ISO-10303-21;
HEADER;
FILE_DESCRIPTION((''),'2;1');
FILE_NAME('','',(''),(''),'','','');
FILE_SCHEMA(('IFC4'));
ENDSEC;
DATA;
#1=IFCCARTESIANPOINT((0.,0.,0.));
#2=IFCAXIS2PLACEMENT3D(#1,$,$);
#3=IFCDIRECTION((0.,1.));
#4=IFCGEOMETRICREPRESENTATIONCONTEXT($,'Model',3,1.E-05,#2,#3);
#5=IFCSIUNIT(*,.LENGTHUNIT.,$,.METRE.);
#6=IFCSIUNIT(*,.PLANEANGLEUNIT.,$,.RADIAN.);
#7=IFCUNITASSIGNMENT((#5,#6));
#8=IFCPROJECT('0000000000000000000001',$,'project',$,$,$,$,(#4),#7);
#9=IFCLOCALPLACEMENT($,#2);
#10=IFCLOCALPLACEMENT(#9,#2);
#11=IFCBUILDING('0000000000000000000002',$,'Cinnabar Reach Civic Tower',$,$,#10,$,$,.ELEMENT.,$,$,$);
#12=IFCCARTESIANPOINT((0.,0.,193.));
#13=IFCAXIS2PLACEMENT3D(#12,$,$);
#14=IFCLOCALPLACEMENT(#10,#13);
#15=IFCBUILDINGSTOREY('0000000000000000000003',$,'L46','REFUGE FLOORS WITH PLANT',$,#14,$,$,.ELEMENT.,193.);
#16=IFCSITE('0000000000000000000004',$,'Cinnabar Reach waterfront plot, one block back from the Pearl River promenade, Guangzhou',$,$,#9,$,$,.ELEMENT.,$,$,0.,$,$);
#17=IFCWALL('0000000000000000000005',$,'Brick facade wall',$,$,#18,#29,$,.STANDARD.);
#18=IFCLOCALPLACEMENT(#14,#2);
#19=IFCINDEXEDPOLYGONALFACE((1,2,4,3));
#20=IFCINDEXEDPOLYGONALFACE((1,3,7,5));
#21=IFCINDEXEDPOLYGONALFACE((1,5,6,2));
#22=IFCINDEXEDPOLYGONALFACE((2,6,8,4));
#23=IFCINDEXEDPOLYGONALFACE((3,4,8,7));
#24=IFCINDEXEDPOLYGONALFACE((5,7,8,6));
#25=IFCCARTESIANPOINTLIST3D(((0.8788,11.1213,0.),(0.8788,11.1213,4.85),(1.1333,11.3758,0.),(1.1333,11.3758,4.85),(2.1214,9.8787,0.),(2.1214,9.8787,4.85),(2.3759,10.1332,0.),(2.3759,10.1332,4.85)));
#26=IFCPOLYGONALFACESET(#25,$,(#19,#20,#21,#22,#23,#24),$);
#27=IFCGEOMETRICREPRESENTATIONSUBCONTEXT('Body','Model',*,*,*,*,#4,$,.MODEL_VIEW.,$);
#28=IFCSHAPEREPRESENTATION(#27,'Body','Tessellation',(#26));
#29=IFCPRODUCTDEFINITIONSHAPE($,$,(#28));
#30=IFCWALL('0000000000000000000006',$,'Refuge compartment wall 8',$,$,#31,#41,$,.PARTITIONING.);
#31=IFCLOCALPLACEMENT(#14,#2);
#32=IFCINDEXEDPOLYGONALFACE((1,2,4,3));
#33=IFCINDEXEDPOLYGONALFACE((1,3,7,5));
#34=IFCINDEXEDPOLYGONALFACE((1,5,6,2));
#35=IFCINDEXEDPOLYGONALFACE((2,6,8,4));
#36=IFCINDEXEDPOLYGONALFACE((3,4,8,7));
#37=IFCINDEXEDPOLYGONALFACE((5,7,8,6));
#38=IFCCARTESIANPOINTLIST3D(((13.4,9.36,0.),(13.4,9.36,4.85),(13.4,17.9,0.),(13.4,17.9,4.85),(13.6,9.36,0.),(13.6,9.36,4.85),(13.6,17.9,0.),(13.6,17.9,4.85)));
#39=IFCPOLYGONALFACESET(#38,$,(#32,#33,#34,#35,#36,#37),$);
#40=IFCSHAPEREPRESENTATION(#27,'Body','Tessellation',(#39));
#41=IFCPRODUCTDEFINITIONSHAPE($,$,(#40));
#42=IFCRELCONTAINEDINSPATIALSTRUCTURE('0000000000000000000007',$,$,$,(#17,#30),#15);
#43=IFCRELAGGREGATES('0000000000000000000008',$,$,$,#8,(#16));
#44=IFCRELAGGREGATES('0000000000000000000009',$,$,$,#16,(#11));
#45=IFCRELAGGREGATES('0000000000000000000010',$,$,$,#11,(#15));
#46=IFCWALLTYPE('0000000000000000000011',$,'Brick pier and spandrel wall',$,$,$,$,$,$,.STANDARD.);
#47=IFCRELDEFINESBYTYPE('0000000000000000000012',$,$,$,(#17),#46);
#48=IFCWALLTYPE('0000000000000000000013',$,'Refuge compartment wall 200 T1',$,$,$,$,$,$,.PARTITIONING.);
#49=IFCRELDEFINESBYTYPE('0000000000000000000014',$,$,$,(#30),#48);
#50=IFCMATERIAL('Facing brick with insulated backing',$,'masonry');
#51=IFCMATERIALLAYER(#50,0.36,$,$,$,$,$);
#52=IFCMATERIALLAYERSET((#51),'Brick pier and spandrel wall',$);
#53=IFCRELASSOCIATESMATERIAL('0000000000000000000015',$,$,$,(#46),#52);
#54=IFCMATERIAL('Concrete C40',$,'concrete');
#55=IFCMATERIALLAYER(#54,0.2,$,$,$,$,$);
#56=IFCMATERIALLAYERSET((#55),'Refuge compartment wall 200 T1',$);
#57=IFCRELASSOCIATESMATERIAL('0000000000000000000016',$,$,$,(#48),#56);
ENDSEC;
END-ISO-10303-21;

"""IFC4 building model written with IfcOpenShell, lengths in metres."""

from ifc_helpers import new_model, si_unit, direction, frame, frame_2d, origin, place, context, subcontext, project, spatial, rectangle, extrude, material, layer, layer_set, type_object, element, save


model = new_model("IFC4")

# Units and contexts
model_context = context("Model", 3, precision=1e-05, world=origin(), true_north=direction((0.0, 1.0)))
body_context = subcontext(model_context, "Body", "Model", "MODEL_VIEW")
ifc_project = project(units=[si_unit("LENGTHUNIT", "METRE"), si_unit("PLANEANGLEUNIT", "RADIAN")], contexts=[model_context])

# Site, building, storey
site_placement = place(None, origin())
site = spatial("IfcSite", under=ifc_project, at=site_placement, Name="Cinnabar Reach waterfront plot, one block back from the Pearl River promenade, Guangzhou", CompositionType="ELEMENT", RefElevation=0.0)
building_placement = place(site_placement, origin())
building = spatial("IfcBuilding", under=site, at=building_placement, Name="Cinnabar Reach Civic Tower", CompositionType="ELEMENT")
storey_placement = place(building_placement, frame((0.0, 0.0, 193.0)))
storey = spatial("IfcBuildingStorey", under=building, at=storey_placement, Name="L46", Description="REFUGE FLOORS WITH PLANT", CompositionType="ELEMENT", Elevation=193.0)

# Shared definitions
ifc_material_1 = material(Name="Facing brick with insulated backing", Category="masonry")

# Shared definitions
ifc_layer_1 = layer(ifc_material_1, 0.36)
ifc_layer_set_1 = layer_set([ifc_layer_1], Name="Brick pier and spandrel wall")
wall_type_1 = type_object("IfcWallType", Name="Brick pier and spandrel wall", PredefinedType="STANDARD", material=ifc_layer_set_1)

# Walls
wall_1_placement = place(storey_placement, frame((1.006, 11.2486, 0.0), z_axis=(0.0, 0.0, 1.0), x_axis=(0.707107, -0.707107, 0.0)))
element("IfcWall", 1, at=wall_1_placement, inside=storey, type_object=wall_type_1, Name="Brick facade wall", PredefinedType="STANDARD", context=body_context, shape_type="SweptSolid", body=[
    extrude(rectangle(XDim=1.7573, YDim=0.36, at=frame_2d((0.8787, 0.0))), origin(), (0.0, 0.0, 1.0), 4.85),
])
ifc_material_2 = material(Name="Concrete C40", Category="concrete")
ifc_layer_2 = layer(ifc_material_2, 0.2)
ifc_layer_set_2 = layer_set([ifc_layer_2], Name="Refuge compartment wall 200 T1")
wall_type_2 = type_object("IfcWallType", Name="Refuge compartment wall 200 T1", PredefinedType="PARTITIONING", material=ifc_layer_set_2)
wall_2_placement = place(storey_placement, frame((13.5, 9.36, 0.0), z_axis=(0.0, 0.0, 1.0), x_axis=(0.0, 1.0, 0.0)))
element("IfcWall", 2, at=wall_2_placement, inside=storey, type_object=wall_type_2, Name="Refuge compartment wall 8", PredefinedType="PARTITIONING", context=body_context, shape_type="SweptSolid", body=[
    extrude(rectangle(XDim=8.54, YDim=0.2, at=frame_2d((4.27, 0.0))), origin(), (0.0, 0.0, 1.0), 4.85),
])

save(model, "model.ifc")
